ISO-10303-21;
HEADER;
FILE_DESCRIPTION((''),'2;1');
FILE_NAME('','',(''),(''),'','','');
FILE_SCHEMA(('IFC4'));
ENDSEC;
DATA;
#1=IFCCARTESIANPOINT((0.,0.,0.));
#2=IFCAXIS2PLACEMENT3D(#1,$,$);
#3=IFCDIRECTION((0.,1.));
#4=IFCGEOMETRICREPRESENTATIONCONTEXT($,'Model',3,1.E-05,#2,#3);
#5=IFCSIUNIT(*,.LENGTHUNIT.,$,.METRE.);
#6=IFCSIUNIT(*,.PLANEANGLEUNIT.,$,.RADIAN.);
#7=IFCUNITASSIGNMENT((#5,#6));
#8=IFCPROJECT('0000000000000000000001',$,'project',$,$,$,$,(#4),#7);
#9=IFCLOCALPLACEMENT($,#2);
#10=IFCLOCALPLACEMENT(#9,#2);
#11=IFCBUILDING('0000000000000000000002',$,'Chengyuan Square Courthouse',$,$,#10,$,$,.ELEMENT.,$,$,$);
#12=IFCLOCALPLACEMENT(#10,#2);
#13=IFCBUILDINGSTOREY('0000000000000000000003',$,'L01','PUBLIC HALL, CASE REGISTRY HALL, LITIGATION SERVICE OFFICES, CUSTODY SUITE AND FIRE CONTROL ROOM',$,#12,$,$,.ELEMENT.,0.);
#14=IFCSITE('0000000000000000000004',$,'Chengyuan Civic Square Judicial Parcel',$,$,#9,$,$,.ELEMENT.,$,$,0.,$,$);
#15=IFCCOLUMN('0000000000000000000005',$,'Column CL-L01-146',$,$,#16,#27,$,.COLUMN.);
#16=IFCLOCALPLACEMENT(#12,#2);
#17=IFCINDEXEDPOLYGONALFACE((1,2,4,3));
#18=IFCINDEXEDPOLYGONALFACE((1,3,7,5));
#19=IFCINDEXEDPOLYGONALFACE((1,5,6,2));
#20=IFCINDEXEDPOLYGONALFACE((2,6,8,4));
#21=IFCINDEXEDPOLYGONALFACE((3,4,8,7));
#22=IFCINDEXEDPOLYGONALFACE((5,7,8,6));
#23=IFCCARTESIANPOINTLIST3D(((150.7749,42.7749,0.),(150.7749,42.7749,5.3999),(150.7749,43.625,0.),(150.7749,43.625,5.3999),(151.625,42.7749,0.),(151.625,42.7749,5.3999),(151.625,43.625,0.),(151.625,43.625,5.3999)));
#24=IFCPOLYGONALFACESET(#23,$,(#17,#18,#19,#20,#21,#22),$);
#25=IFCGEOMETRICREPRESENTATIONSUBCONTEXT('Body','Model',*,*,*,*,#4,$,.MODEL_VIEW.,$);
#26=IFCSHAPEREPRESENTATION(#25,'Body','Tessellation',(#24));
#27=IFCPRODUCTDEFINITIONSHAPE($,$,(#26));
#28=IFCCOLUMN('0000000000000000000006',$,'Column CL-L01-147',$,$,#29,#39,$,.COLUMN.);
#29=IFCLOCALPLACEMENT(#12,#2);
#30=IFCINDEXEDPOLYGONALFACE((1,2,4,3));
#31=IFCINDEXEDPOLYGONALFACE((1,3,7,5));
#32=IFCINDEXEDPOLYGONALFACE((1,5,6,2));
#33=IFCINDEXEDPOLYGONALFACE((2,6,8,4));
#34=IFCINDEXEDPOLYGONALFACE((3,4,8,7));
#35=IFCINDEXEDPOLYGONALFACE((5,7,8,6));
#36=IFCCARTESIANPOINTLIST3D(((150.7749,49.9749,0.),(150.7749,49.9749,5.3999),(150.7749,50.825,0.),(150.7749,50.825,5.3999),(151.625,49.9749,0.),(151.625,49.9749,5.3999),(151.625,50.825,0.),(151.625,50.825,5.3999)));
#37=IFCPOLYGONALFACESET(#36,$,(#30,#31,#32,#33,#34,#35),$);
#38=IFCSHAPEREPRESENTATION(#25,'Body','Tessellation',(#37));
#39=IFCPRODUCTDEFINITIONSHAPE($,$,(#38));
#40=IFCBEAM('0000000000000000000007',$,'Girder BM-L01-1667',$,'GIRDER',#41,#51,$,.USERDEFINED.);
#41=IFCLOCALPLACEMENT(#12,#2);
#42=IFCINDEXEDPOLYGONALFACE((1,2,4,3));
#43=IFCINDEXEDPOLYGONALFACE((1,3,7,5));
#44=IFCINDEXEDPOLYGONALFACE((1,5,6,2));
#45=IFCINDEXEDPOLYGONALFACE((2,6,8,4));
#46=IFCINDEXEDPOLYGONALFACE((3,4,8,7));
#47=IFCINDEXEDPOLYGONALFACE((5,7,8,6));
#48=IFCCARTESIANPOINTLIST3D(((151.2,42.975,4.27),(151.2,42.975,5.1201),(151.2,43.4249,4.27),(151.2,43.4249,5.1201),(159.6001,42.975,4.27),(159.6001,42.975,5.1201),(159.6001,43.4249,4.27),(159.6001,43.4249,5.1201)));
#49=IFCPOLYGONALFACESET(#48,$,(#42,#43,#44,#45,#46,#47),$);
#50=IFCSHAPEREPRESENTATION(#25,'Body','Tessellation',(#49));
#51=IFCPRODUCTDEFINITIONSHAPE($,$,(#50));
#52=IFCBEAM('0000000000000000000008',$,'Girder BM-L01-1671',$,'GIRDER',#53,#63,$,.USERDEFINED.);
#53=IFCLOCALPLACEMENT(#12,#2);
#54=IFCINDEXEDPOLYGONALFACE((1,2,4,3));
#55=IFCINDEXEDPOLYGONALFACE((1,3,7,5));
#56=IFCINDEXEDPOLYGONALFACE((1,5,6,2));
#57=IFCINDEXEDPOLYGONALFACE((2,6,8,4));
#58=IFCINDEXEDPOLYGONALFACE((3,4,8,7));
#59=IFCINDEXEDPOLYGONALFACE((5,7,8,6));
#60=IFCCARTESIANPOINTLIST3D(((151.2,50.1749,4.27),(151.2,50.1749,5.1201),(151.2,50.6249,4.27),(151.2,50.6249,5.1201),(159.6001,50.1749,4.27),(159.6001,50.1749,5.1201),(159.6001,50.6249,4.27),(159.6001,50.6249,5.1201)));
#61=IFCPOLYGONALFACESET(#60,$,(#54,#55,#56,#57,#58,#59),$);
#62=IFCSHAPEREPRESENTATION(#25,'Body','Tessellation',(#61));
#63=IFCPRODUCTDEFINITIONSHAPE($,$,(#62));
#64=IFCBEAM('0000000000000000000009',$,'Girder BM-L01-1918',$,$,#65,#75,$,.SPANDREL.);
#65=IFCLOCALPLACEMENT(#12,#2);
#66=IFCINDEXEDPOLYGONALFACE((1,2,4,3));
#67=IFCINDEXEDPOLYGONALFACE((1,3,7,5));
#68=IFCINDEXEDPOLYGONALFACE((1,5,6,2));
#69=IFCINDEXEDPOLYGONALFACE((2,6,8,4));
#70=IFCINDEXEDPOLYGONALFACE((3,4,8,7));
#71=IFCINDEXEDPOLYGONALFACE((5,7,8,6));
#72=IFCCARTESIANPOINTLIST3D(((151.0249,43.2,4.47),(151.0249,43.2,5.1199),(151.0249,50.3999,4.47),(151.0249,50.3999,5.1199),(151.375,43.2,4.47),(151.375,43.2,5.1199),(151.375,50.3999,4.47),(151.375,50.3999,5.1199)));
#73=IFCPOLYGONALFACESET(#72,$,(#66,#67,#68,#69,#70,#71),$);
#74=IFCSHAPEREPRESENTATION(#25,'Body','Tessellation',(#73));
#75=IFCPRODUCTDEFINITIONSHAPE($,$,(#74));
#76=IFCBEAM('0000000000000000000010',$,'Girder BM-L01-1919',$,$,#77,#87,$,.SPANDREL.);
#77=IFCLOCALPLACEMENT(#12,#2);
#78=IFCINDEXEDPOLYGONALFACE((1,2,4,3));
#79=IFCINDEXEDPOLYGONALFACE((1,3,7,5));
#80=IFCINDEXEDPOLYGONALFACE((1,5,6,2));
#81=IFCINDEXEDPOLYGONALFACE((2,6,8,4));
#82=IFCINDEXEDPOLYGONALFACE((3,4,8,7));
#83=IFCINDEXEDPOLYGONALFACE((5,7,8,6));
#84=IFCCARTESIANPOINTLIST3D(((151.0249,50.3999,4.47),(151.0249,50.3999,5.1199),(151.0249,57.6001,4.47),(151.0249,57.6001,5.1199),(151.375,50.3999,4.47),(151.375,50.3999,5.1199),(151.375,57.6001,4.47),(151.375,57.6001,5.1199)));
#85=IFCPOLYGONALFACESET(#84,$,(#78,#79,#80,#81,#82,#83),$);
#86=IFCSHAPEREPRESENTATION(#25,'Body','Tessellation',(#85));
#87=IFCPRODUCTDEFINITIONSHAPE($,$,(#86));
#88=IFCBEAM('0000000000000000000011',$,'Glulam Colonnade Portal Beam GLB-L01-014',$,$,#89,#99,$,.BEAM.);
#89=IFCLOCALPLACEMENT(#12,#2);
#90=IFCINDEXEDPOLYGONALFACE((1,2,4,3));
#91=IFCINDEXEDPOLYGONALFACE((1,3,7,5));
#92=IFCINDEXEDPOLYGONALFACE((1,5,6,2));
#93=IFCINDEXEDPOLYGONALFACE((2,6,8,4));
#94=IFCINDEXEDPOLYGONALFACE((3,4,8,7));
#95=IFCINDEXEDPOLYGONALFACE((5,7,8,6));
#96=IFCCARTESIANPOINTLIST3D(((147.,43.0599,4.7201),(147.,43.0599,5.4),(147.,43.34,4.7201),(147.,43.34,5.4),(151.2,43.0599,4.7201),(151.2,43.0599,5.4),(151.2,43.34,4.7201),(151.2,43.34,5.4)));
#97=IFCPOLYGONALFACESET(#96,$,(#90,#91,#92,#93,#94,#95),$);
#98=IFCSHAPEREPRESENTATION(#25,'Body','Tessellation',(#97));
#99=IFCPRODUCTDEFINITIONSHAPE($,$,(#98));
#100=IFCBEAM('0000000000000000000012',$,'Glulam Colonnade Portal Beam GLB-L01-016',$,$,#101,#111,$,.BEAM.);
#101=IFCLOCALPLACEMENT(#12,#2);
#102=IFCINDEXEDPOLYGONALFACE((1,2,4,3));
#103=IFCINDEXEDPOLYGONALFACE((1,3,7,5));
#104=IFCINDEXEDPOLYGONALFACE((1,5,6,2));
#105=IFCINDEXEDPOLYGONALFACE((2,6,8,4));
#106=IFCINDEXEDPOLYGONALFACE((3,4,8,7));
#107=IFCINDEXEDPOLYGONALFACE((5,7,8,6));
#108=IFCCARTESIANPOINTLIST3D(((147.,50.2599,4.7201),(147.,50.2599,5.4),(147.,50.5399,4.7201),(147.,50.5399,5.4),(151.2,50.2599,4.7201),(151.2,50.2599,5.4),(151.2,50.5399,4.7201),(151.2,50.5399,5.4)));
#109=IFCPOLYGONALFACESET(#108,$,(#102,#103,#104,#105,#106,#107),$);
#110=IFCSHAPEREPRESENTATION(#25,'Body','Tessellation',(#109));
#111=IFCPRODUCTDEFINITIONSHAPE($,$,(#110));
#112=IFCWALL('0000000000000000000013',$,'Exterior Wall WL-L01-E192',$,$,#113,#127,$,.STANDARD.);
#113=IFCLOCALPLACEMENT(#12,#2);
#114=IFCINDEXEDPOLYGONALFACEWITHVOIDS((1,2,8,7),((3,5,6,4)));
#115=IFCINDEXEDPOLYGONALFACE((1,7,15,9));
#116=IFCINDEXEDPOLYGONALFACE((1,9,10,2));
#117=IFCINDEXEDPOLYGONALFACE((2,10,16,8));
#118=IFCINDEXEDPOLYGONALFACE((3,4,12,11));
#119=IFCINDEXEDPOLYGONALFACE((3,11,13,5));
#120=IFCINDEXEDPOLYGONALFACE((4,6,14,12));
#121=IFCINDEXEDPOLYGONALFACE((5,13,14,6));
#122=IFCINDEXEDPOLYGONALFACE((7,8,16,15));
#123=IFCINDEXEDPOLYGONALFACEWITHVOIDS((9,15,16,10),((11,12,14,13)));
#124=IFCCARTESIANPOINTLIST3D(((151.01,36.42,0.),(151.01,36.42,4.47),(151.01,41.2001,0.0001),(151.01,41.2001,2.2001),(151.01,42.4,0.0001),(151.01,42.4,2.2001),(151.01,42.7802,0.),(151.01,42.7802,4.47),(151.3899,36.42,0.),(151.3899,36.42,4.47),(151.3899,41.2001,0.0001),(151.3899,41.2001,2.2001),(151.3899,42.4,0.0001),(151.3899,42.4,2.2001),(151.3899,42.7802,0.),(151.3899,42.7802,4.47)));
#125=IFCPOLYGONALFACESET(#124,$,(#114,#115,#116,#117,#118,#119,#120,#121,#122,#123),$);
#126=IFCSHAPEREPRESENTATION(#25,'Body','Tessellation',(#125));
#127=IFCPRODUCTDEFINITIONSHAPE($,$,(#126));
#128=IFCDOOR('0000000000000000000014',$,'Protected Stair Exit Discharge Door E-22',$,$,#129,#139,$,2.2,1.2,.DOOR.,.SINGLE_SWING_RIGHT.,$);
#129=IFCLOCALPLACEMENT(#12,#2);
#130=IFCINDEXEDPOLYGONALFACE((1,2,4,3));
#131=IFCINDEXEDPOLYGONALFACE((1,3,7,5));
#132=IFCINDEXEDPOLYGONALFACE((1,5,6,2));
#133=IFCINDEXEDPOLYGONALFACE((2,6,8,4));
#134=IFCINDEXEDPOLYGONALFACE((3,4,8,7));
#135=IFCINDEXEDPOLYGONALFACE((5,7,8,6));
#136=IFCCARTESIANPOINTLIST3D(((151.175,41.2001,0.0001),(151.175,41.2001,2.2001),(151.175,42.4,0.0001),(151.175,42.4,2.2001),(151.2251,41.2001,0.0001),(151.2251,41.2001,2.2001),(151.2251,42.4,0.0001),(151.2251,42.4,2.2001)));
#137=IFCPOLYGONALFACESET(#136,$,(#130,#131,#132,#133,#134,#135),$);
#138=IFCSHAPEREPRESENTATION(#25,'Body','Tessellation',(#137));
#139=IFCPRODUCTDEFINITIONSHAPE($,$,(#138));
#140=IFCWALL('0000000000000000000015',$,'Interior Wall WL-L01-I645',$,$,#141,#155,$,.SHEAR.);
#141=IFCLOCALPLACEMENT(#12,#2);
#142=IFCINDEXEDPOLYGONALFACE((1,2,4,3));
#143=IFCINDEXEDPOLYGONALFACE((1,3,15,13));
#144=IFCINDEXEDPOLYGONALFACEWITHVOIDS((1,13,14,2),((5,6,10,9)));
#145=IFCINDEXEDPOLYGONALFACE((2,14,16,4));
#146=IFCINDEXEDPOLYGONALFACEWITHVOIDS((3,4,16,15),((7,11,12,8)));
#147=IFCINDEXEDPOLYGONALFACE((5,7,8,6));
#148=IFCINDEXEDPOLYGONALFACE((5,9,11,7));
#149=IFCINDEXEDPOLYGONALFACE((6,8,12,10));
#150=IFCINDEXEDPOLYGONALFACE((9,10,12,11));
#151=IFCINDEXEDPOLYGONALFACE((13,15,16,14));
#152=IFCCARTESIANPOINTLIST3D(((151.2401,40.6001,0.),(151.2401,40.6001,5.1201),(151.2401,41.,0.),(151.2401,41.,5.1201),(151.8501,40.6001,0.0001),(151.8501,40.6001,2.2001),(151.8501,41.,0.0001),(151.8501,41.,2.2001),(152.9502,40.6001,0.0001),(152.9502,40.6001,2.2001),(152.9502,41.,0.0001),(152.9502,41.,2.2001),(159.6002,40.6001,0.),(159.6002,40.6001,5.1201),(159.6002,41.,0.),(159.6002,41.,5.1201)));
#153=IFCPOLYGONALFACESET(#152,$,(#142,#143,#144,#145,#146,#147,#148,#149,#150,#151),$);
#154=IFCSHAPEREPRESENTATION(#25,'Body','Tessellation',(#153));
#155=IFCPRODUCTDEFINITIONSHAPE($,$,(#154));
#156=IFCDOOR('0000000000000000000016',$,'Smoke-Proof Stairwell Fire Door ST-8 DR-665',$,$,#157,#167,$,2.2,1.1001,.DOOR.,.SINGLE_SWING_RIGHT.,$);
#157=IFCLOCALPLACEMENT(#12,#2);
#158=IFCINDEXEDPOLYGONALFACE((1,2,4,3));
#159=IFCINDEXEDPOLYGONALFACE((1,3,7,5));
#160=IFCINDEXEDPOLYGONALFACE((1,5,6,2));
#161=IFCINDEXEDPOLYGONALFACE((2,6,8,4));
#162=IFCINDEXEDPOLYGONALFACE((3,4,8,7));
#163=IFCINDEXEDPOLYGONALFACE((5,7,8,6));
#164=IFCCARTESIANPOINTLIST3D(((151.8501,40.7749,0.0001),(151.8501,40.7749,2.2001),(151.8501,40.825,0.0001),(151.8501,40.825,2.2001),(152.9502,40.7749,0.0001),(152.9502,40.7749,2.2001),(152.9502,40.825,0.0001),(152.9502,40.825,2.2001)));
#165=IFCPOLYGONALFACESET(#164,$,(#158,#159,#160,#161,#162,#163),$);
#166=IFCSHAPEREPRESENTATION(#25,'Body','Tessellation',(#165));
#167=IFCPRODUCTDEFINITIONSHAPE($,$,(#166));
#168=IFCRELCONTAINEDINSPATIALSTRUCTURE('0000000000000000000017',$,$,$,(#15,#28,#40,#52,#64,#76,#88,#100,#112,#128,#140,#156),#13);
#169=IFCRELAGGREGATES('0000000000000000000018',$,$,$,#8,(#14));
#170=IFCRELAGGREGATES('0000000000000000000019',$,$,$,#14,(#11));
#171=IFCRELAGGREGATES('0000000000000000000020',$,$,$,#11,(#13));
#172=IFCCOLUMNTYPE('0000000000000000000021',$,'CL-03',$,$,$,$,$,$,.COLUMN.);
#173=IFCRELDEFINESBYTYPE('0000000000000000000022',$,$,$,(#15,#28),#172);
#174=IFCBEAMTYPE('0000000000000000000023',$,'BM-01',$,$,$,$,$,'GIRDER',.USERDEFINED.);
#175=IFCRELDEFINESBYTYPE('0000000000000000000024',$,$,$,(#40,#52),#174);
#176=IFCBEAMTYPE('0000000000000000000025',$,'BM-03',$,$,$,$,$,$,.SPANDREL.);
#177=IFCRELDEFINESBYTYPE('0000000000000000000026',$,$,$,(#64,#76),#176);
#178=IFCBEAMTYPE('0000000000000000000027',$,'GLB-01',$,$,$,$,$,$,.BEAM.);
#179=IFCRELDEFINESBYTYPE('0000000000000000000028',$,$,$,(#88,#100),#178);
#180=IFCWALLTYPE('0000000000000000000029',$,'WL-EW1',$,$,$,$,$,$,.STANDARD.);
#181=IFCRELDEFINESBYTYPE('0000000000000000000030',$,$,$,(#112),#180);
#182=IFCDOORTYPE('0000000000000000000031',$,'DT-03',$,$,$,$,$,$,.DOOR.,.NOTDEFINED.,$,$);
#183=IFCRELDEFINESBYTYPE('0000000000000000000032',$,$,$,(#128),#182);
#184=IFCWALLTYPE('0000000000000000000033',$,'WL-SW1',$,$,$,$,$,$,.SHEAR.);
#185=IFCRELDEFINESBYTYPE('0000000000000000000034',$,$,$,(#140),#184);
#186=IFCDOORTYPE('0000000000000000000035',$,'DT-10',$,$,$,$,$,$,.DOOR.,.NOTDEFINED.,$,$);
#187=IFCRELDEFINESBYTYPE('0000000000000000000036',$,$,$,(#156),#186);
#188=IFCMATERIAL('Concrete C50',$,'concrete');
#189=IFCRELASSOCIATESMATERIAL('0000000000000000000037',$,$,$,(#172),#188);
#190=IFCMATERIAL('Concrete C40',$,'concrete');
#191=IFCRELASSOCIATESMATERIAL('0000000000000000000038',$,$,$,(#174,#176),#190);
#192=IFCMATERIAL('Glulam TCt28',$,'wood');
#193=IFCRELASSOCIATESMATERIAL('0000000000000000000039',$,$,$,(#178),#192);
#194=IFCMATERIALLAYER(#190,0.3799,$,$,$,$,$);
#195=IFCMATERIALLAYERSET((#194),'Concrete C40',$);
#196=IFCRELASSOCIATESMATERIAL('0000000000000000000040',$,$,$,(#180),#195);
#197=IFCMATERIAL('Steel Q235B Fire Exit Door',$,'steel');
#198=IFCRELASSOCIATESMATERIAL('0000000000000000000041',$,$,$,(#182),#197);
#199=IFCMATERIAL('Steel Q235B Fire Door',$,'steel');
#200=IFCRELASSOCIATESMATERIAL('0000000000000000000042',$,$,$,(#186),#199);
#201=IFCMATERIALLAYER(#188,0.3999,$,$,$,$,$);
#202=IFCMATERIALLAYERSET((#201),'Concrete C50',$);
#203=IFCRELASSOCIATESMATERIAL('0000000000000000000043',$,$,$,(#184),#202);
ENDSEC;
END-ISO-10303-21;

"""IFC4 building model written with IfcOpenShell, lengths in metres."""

from ifc_helpers import new_model, si_unit, direction, frame, frame_2d, origin, origin_2d, place, context, subcontext, project, spatial, rectangle, extrude, material, layer, layer_set, material_profile, profile_set, type_object, element, fill, save


model = new_model("IFC4")

# Units and contexts
model_context = context("Model", 3, precision=1e-05, world=origin(), true_north=direction((0.0, 1.0)))
body_context = subcontext(model_context, "Body", "Model", "MODEL_VIEW")
ifc_project = project(units=[si_unit("LENGTHUNIT", "METRE"), si_unit("PLANEANGLEUNIT", "RADIAN")], contexts=[model_context])

# Site, building, storey
site_placement = place(None, origin())
site = spatial("IfcSite", under=ifc_project, at=site_placement, Name="Chengyuan Civic Square Judicial Parcel", CompositionType="ELEMENT", RefElevation=0.0)
building_placement = place(site_placement, origin())
building = spatial("IfcBuilding", under=site, at=building_placement, Name="Chengyuan Square Courthouse", CompositionType="ELEMENT")
storey_placement = place(building_placement, origin())
storey = spatial("IfcBuildingStorey", under=building, at=storey_placement, Name="L01", Description="PUBLIC HALL, CASE REGISTRY HALL, LITIGATION SERVICE OFFICES, CUSTODY SUITE AND FIRE CONTROL ROOM", CompositionType="ELEMENT", Elevation=0.0)

# Columns
ifc_material_1 = material(Name="Concrete C50", Category="concrete")
ifc_material_profile_1 = material_profile(ifc_material_1, rectangle(XDim=0.8501, YDim=0.8501, at=origin_2d()), Name="RC-COL-850x850")
ifc_profile_set_1 = profile_set([ifc_material_profile_1], Name="Concrete C50")
column_type = type_object("IfcColumnType", Name="CL-03", PredefinedType="COLUMN", material=ifc_profile_set_1)
for number, where, z_axis, x_axis, name in (
    (1, (151.2, 43.2, 0.0), (0.0, 0.0, 1.0), (1.0, 0.0, 0.0), "Column CL-L01-146"),
    (2, (151.2, 50.3999, 0.0), (0.0, 0.0, 1.0), (1.0, 0.0, 0.0), "Column CL-L01-147"),
):
    element("IfcColumn", number, at=place(storey_placement, frame(where, z_axis=z_axis, x_axis=x_axis)), inside=storey, type_object=column_type, Name=name, PredefinedType="COLUMN", context=body_context, shape_type="SweptSolid", body=[
        extrude(rectangle(XDim=0.8501, YDim=0.8501, at=origin_2d()), origin(), (0.0, 0.0, 1.0), 5.3999),
    ])

# Beams
ifc_material_2 = material(Name="Concrete C40", Category="concrete")
ifc_material_profile_2 = material_profile(ifc_material_2, rectangle(XDim=0.45, YDim=0.8501, at=origin_2d()), Name="RC-BM-450x850")
ifc_profile_set_2 = profile_set([ifc_material_profile_2], Name="Concrete C40")
beam_type_1 = type_object("IfcBeamType", Name="BM-01", ElementType="GIRDER", PredefinedType="USERDEFINED", material=ifc_profile_set_2)
for number, where, z_axis, x_axis, name in (
    (3, (151.2, 43.2, 4.6951), (1.0, 0.0, 0.0), (0.0, 1.0, 0.0), "Girder BM-L01-1667"),
    (4, (151.2, 50.3999, 4.6951), (1.0, 0.0, 0.0), (0.0, 1.0, 0.0), "Girder BM-L01-1671"),
):
    element("IfcBeam", number, at=place(storey_placement, frame(where, z_axis=z_axis, x_axis=x_axis)), inside=storey, type_object=beam_type_1, Name=name, ObjectType="GIRDER", PredefinedType="USERDEFINED", context=body_context, shape_type="SweptSolid", body=[
        extrude(rectangle(XDim=0.45, YDim=0.8501, at=origin_2d()), origin(), (0.0, 0.0, 1.0), 8.4001),
    ])
ifc_material_profile_3 = material_profile(ifc_material_2, rectangle(XDim=0.3501, YDim=0.6499, at=origin_2d()), Name="RC-BM-350x650")
ifc_profile_set_3 = profile_set([ifc_material_profile_3], Name="Concrete C40")
beam_type_2 = type_object("IfcBeamType", Name="BM-03", PredefinedType="SPANDREL", material=ifc_profile_set_3)
beam_1_placement = place(storey_placement, frame((151.2, 43.2, 4.7949), z_axis=(0.0, 1.0, 0.0), x_axis=(-1.0, 0.0, 0.0)))
element("IfcBeam", 5, at=beam_1_placement, inside=storey, type_object=beam_type_2, Name="Girder BM-L01-1918", PredefinedType="SPANDREL", context=body_context, shape_type="SweptSolid", body=[
    extrude(rectangle(XDim=0.3501, YDim=0.6499, at=origin_2d()), origin(), (0.0, 0.0, 1.0), 7.2),
])
beam_2_placement = place(storey_placement, frame((151.2, 50.3999, 4.7949), z_axis=(0.0, 1.0, 0.0), x_axis=(-1.0, 0.0, 0.0)))
element("IfcBeam", 6, at=beam_2_placement, inside=storey, type_object=beam_type_2, Name="Girder BM-L01-1919", PredefinedType="SPANDREL", context=body_context, shape_type="SweptSolid", body=[
    extrude(rectangle(XDim=0.3501, YDim=0.6499, at=origin_2d()), origin(), (0.0, 0.0, 1.0), 7.2002),
])
ifc_material_3 = material(Name="Glulam TCt28", Category="wood")
ifc_material_profile_4 = material_profile(ifc_material_3, rectangle(XDim=0.28, YDim=0.6799, at=origin_2d()), Name="GL-BM-280x680")
ifc_profile_set_4 = profile_set([ifc_material_profile_4], Name="Glulam TCt28")
beam_type_3 = type_object("IfcBeamType", Name="GLB-01", PredefinedType="BEAM", material=ifc_profile_set_4)
for number, where, z_axis, x_axis, name in (
    (7, (151.2, 43.2, 5.0601), (-1.0, 0.0, 0.0), (0.0, -1.0, 0.0), "Glulam Colonnade Portal Beam GLB-L01-014"),
    (8, (151.2, 50.3999, 5.0601), (-1.0, 0.0, 0.0), (0.0, -1.0, 0.0), "Glulam Colonnade Portal Beam GLB-L01-016"),
):
    element("IfcBeam", number, at=place(storey_placement, frame(where, z_axis=z_axis, x_axis=x_axis)), inside=storey, type_object=beam_type_3, Name=name, PredefinedType="BEAM", context=body_context, shape_type="SweptSolid", body=[
        extrude(rectangle(XDim=0.28, YDim=0.6799, at=origin_2d()), origin(), (0.0, 0.0, 1.0), 4.2),
    ])

# Wall, opening, door
ifc_layer_1 = layer(ifc_material_2, 0.3799)
ifc_layer_set_1 = layer_set([ifc_layer_1], Name="Concrete C40")
wall_type_1 = type_object("IfcWallType", Name="WL-EW1", PredefinedType="STANDARD", material=ifc_layer_set_1)
wall_1_placement = place(storey_placement, frame((151.2, 36.4199, 0.0), z_axis=(0.0, 0.0, 1.0), x_axis=(0.0, 1.0, 0.0)))
wall_1 = element("IfcWall", 9, at=wall_1_placement, inside=storey, type_object=wall_type_1, Name="Exterior Wall WL-L01-E192", PredefinedType="STANDARD", context=body_context, shape_type="SweptSolid", body=[
    extrude(rectangle(XDim=6.3601, YDim=0.3799, at=frame_2d((3.1802, 0.0))), origin(), (0.0, 0.0, 1.0), 4.47),
])
opening_1_placement = place(wall_1_placement, frame((4.78, 0.0, 0.0)))
opening_1 = element("IfcOpeningElement", 10, at=opening_1_placement, cuts=wall_1, PredefinedType="OPENING", context=body_context, shape_type="SweptSolid", body=[
    extrude(rectangle(XDim=1.2, YDim=2.2, at=frame_2d((0.6001, 1.1001))), frame((0.0, 0.2019, 0.0), z_axis=(0.0, -1.0, 0.0), x_axis=(1.0, 0.0, 0.0)), (0.0, 0.0, 1.0), 0.4038),
])
ifc_material_4 = material(Name="Steel Q235B Fire Exit Door", Category="steel")
door_type_1 = type_object("IfcDoorType", Name="DT-03", OperationType="NOTDEFINED", PredefinedType="DOOR", material=ifc_material_4)
door_1_placement = place(opening_1_placement, origin())
door_1 = element("IfcDoor", 11, at=door_1_placement, inside=storey, type_object=door_type_1, Name="Protected Stair Exit Discharge Door E-22", OperationType="SINGLE_SWING_RIGHT", OverallHeight=2.2, OverallWidth=1.2, PredefinedType="DOOR", context=body_context, shape_type="SweptSolid", body=[
    extrude(rectangle(XDim=1.2, YDim=2.2, at=frame_2d((0.6001, 1.1001))), frame((0.0, 0.0249, 0.0), z_axis=(0.0, -1.0, 0.0), x_axis=(1.0, 0.0, 0.0)), (0.0, 0.0, 1.0), 0.05),
])
fill(opening_1, door_1)

# Shared definitions
ifc_material_5 = material(Name="Steel Q235B Fire Door", Category="steel")
door_type_2 = type_object("IfcDoorType", Name="DT-10", OperationType="NOTDEFINED", PredefinedType="DOOR", material=ifc_material_5)

# Wall, opening, door
ifc_layer_2 = layer(ifc_material_1, 0.3999)
ifc_layer_set_2 = layer_set([ifc_layer_2], Name="Concrete C50")
wall_type_2 = type_object("IfcWallType", Name="WL-SW1", PredefinedType="SHEAR", material=ifc_layer_set_2)
wall_2_placement = place(storey_placement, frame((151.24, 40.8, 0.0), z_axis=(0.0, 0.0, 1.0), x_axis=(1.0, 0.0, 0.0)))
wall_2 = element("IfcWall", 12, at=wall_2_placement, inside=storey, type_object=wall_type_2, Name="Interior Wall WL-L01-I645", PredefinedType="SHEAR", context=body_context, shape_type="SweptSolid", body=[
    extrude(rectangle(XDim=8.3601, YDim=0.3999, at=frame_2d((4.1802, 0.0))), origin(), (0.0, 0.0, 1.0), 5.1201),
])
opening_2_placement = place(wall_2_placement, frame((0.6101, 0.0, 0.0)))
opening_2 = element("IfcOpeningElement", 13, at=opening_2_placement, cuts=wall_2, PredefinedType="OPENING", context=body_context, shape_type="SweptSolid", body=[
    extrude(rectangle(XDim=1.1001, YDim=2.2, at=frame_2d((0.55, 1.1001))), frame((0.0, 0.2119, 0.0), z_axis=(0.0, -1.0, 0.0), x_axis=(1.0, 0.0, 0.0)), (0.0, 0.0, 1.0), 0.4238),
])
door_2_placement = place(opening_2_placement, origin())
door_2 = element("IfcDoor", 14, at=door_2_placement, inside=storey, type_object=door_type_2, Name="Smoke-Proof Stairwell Fire Door ST-8 DR-665", OperationType="SINGLE_SWING_RIGHT", OverallHeight=2.2, OverallWidth=1.1001, PredefinedType="DOOR", context=body_context, shape_type="SweptSolid", body=[
    extrude(rectangle(XDim=1.1001, YDim=2.2, at=frame_2d((0.55, 1.1001))), frame((0.0, 0.0249, 0.0), z_axis=(0.0, -1.0, 0.0), x_axis=(1.0, 0.0, 0.0)), (0.0, 0.0, 1.0), 0.05),
])
fill(opening_2, door_2)

save(model, "model.ifc")
